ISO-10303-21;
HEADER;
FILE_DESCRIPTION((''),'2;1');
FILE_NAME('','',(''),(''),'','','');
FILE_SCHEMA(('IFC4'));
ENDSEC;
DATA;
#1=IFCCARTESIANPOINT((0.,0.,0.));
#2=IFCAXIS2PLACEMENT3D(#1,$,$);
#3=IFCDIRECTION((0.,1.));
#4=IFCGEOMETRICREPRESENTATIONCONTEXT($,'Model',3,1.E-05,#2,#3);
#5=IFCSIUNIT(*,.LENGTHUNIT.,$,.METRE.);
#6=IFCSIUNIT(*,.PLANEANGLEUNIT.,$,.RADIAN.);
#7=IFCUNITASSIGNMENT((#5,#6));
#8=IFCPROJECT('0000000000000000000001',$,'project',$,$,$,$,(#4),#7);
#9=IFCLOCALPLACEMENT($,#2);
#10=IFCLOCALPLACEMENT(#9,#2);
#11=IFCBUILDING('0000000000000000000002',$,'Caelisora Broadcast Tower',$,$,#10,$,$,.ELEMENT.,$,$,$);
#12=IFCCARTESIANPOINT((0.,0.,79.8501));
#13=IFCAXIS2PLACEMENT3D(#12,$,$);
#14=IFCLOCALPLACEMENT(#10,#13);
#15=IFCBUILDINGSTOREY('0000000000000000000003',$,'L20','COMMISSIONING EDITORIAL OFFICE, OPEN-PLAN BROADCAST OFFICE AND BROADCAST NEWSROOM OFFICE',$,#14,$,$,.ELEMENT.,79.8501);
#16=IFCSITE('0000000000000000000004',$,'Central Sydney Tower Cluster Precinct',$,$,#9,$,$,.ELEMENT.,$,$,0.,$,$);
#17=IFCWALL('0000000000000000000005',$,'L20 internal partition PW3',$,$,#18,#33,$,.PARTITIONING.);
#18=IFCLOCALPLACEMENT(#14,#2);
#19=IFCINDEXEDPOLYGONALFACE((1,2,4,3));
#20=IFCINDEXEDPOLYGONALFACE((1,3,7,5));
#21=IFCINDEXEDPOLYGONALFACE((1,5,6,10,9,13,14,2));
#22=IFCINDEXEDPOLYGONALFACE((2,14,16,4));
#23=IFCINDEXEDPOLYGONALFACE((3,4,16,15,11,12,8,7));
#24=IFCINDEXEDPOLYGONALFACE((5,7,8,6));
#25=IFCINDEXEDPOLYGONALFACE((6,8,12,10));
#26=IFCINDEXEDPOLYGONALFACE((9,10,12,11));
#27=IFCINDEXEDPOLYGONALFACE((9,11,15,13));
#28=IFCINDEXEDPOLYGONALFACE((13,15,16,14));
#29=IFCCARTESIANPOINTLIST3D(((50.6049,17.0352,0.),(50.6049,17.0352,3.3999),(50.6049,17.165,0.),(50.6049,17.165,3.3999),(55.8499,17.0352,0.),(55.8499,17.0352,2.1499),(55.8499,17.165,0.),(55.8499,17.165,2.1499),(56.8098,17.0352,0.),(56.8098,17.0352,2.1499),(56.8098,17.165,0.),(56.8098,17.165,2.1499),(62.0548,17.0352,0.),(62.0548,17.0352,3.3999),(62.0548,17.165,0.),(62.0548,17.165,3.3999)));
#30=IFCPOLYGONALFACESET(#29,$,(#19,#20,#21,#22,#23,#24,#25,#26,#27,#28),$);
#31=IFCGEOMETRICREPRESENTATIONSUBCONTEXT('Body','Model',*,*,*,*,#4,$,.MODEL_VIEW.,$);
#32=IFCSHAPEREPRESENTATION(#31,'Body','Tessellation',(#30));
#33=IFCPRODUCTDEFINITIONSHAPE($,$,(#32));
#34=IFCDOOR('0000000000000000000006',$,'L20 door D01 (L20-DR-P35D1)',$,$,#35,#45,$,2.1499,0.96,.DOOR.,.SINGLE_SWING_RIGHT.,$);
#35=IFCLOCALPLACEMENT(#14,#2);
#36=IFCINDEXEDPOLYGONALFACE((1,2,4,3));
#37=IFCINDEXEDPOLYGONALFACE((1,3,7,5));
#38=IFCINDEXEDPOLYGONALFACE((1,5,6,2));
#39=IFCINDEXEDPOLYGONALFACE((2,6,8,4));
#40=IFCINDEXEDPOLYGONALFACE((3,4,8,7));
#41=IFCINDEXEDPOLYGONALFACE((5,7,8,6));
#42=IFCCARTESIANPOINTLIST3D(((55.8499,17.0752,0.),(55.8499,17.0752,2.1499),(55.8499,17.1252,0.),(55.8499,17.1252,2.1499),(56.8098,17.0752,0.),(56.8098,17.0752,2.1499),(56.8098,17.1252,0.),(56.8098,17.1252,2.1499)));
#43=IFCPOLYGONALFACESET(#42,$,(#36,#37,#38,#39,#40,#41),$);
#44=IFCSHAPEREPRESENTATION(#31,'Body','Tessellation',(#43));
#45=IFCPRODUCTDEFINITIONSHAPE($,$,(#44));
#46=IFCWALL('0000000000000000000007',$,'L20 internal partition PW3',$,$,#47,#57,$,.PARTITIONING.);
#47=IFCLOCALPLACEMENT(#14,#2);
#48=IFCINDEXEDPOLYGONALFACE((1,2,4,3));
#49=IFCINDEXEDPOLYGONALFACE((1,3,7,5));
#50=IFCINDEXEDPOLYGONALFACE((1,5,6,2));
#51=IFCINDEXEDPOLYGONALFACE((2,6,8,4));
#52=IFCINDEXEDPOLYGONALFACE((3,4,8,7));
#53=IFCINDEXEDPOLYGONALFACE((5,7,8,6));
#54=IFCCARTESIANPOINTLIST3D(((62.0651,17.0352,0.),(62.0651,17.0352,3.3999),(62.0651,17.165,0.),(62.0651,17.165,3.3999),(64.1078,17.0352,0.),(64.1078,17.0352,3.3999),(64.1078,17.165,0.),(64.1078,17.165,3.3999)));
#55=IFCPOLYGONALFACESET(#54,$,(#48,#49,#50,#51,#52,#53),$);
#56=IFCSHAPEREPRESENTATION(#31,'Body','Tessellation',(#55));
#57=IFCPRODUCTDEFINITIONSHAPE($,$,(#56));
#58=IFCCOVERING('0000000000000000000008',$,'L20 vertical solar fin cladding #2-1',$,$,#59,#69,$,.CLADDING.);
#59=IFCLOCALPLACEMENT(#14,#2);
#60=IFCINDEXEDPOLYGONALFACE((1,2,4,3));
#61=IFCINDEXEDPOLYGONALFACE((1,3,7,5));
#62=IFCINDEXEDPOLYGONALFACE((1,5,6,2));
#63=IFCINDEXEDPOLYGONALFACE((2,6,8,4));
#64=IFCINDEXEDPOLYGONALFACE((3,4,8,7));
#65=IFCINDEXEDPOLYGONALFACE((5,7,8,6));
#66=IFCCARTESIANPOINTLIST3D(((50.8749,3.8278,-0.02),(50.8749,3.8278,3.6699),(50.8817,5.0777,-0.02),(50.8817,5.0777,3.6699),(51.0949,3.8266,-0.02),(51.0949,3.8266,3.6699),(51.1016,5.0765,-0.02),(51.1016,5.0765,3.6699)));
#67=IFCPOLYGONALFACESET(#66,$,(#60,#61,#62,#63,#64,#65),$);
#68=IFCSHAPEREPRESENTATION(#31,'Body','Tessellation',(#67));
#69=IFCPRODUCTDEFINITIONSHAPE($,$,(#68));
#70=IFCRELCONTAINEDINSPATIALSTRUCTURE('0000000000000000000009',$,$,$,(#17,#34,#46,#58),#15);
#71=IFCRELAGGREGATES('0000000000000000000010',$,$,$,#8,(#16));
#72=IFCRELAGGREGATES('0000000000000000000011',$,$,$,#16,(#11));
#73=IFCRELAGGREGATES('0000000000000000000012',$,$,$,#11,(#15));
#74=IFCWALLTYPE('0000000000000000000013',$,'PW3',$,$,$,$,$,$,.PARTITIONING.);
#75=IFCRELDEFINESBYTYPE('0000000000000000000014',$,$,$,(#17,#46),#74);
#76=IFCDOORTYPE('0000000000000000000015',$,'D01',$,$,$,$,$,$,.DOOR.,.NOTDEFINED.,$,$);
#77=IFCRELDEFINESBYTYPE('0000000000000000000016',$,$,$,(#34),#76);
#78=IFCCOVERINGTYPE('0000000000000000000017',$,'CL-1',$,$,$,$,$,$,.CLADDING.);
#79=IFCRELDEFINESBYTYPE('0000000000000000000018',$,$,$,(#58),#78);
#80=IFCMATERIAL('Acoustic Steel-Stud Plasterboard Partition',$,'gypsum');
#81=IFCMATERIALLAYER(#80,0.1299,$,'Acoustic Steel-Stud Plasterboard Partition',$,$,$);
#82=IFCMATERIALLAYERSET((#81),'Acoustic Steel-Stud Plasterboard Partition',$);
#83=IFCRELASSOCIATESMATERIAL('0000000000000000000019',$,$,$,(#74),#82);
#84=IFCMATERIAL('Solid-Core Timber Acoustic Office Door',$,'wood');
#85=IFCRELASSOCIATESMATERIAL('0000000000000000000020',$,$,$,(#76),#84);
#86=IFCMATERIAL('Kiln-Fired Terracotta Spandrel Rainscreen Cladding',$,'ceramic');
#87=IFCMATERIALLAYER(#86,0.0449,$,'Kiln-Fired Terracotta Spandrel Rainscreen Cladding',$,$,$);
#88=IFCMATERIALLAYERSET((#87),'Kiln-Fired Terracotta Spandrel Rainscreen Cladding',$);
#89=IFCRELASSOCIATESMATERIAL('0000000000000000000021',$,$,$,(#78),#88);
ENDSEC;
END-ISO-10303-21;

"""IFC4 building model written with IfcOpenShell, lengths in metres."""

from ifc_helpers import new_model, si_unit, direction, frame, frame_2d, origin, origin_2d, place, context, subcontext, project, spatial, rectangle, extrude, source, transform, mapped, material, layer, layer_set, type_object, type_shapes, element, fill, save


model = new_model("IFC4")

# Units and contexts
model_context = context("Model", 3, precision=1e-05, world=origin(), true_north=direction((0.0, 1.0)))
body_context = subcontext(model_context, "Body", "Model", "MODEL_VIEW")
ifc_project = project(units=[si_unit("LENGTHUNIT", "METRE"), si_unit("PLANEANGLEUNIT", "RADIAN")], contexts=[model_context])

# Site, building, storey
site_placement = place(None, origin())
site = spatial("IfcSite", under=ifc_project, at=site_placement, Name="Central Sydney Tower Cluster Precinct", CompositionType="ELEMENT", RefElevation=0.0)
building_placement = place(site_placement, origin())
building = spatial("IfcBuilding", under=site, at=building_placement, Name="Caelisora Broadcast Tower", CompositionType="ELEMENT")
storey_placement = place(building_placement, frame((0.0, 0.0, 79.8501)))
storey = spatial("IfcBuildingStorey", under=building, at=storey_placement, Name="L20", Description="COMMISSIONING EDITORIAL OFFICE, OPEN-PLAN BROADCAST OFFICE AND BROADCAST NEWSROOM OFFICE", CompositionType="ELEMENT", Elevation=79.8501)

# Wall, opening, door
ifc_material_1 = material(Name="Acoustic Steel-Stud Plasterboard Partition", Category="gypsum")
ifc_layer_1 = layer(ifc_material_1, 0.1299, Name="Acoustic Steel-Stud Plasterboard Partition")
ifc_layer_set_1 = layer_set([ifc_layer_1], Name="Acoustic Steel-Stud Plasterboard Partition")
wall_type_1 = type_object("IfcWallType", Name="PW3", PredefinedType="PARTITIONING", material=ifc_layer_set_1)
wall_1_placement = place(storey_placement, frame((62.0549, 17.1001, 0.0), z_axis=(0.0, 0.0, 1.0), x_axis=(-1.0, 0.0, 0.0)))
wall_1 = element("IfcWall", 1, at=wall_1_placement, inside=storey, type_object=wall_type_1, Name="L20 internal partition PW3", PredefinedType="PARTITIONING", context=body_context, shape_type="SweptSolid", body=[
    extrude(rectangle(XDim=11.45, YDim=0.1299, at=frame_2d((5.7251, 0.0))), origin(), (0.0, 0.0, 1.0), 3.3999),
])
opening_1_placement = place(wall_1_placement, frame((5.2451, 0.0, 0.0)))
opening_1 = element("IfcOpeningElement", 2, at=opening_1_placement, cuts=wall_1, PredefinedType="OPENING", context=body_context, shape_type="SweptSolid", body=[
    extrude(rectangle(XDim=0.96, YDim=2.1499, at=frame_2d((0.48, 1.075))), frame((0.0, 0.0769, 0.0), z_axis=(0.0, -1.0, 0.0), x_axis=(1.0, 0.0, 0.0)), (0.0, 0.0, 1.0), 0.1538),
])
ifc_material_2 = material(Name="Solid-Core Timber Acoustic Office Door", Category="wood")
door_type = type_object("IfcDoorType", Name="D01", OperationType="NOTDEFINED", PredefinedType="DOOR", material=ifc_material_2)
door_placement = place(opening_1_placement, origin())
door = element("IfcDoor", 3, at=door_placement, inside=storey, type_object=door_type, Name="L20 door D01 (L20-DR-P35D1)", OperationType="SINGLE_SWING_RIGHT", OverallHeight=2.1499, OverallWidth=0.96, PredefinedType="DOOR", context=body_context, shape_type="SweptSolid", body=[
    extrude(rectangle(XDim=0.96, YDim=2.1499, at=frame_2d((0.48, 1.075))), frame((0.0, 0.0249, 0.0), z_axis=(0.0, -1.0, 0.0), x_axis=(1.0, 0.0, 0.0)), (0.0, 0.0, 1.0), 0.05),
])
fill(opening_1, door)

# Wall
wall_2_placement = place(storey_placement, frame((62.0649, 17.1001, 0.0), z_axis=(0.0, 0.0, 1.0), x_axis=(1.0, 0.0, 0.0)))
element("IfcWall", 4, at=wall_2_placement, inside=storey, type_object=wall_type_1, Name="L20 internal partition PW3", PredefinedType="PARTITIONING", context=body_context, shape_type="SweptSolid", body=[
    extrude(rectangle(XDim=2.0427, YDim=0.1299, at=frame_2d((1.0215, 0.0))), origin(), (0.0, 0.0, 1.0), 3.3999),
])

# Covering
ifc_material_3 = material(Name="Kiln-Fired Terracotta Spandrel Rainscreen Cladding", Category="ceramic")
ifc_layer_2 = layer(ifc_material_3, 0.0449, Name="Kiln-Fired Terracotta Spandrel Rainscreen Cladding")
ifc_layer_set_2 = layer_set([ifc_layer_2], Name="Kiln-Fired Terracotta Spandrel Rainscreen Cladding")
covering_type = type_object("IfcCoveringType", Name="CL-1", PredefinedType="CLADDING", material=ifc_layer_set_2)
shared_shape_1 = source(origin(), body_context, "Body", "SweptSolid", [
    extrude(rectangle(XDim=0.22, YDim=1.25, at=origin_2d()), origin(), (0.0, 0.0, 1.0), 3.6899),
])
type_shapes(covering_type, [shared_shape_1])
covering_placement = place(storey_placement, frame((50.9883, 4.4521, -0.02), z_axis=(0.0, 0.0, 1.0), x_axis=(-0.999985, 0.00541, 0.0)))
element("IfcCovering", 5, at=covering_placement, inside=storey, type_object=covering_type, Name="L20 vertical solar fin cladding #2-1", PredefinedType="CLADDING", context=body_context, shape_type="MappedRepresentation", body=[
    mapped(shared_shape_1, transform((0.0, 0.0, 0.0), scale=1.0)),
])

save(model, "model.ifc")
